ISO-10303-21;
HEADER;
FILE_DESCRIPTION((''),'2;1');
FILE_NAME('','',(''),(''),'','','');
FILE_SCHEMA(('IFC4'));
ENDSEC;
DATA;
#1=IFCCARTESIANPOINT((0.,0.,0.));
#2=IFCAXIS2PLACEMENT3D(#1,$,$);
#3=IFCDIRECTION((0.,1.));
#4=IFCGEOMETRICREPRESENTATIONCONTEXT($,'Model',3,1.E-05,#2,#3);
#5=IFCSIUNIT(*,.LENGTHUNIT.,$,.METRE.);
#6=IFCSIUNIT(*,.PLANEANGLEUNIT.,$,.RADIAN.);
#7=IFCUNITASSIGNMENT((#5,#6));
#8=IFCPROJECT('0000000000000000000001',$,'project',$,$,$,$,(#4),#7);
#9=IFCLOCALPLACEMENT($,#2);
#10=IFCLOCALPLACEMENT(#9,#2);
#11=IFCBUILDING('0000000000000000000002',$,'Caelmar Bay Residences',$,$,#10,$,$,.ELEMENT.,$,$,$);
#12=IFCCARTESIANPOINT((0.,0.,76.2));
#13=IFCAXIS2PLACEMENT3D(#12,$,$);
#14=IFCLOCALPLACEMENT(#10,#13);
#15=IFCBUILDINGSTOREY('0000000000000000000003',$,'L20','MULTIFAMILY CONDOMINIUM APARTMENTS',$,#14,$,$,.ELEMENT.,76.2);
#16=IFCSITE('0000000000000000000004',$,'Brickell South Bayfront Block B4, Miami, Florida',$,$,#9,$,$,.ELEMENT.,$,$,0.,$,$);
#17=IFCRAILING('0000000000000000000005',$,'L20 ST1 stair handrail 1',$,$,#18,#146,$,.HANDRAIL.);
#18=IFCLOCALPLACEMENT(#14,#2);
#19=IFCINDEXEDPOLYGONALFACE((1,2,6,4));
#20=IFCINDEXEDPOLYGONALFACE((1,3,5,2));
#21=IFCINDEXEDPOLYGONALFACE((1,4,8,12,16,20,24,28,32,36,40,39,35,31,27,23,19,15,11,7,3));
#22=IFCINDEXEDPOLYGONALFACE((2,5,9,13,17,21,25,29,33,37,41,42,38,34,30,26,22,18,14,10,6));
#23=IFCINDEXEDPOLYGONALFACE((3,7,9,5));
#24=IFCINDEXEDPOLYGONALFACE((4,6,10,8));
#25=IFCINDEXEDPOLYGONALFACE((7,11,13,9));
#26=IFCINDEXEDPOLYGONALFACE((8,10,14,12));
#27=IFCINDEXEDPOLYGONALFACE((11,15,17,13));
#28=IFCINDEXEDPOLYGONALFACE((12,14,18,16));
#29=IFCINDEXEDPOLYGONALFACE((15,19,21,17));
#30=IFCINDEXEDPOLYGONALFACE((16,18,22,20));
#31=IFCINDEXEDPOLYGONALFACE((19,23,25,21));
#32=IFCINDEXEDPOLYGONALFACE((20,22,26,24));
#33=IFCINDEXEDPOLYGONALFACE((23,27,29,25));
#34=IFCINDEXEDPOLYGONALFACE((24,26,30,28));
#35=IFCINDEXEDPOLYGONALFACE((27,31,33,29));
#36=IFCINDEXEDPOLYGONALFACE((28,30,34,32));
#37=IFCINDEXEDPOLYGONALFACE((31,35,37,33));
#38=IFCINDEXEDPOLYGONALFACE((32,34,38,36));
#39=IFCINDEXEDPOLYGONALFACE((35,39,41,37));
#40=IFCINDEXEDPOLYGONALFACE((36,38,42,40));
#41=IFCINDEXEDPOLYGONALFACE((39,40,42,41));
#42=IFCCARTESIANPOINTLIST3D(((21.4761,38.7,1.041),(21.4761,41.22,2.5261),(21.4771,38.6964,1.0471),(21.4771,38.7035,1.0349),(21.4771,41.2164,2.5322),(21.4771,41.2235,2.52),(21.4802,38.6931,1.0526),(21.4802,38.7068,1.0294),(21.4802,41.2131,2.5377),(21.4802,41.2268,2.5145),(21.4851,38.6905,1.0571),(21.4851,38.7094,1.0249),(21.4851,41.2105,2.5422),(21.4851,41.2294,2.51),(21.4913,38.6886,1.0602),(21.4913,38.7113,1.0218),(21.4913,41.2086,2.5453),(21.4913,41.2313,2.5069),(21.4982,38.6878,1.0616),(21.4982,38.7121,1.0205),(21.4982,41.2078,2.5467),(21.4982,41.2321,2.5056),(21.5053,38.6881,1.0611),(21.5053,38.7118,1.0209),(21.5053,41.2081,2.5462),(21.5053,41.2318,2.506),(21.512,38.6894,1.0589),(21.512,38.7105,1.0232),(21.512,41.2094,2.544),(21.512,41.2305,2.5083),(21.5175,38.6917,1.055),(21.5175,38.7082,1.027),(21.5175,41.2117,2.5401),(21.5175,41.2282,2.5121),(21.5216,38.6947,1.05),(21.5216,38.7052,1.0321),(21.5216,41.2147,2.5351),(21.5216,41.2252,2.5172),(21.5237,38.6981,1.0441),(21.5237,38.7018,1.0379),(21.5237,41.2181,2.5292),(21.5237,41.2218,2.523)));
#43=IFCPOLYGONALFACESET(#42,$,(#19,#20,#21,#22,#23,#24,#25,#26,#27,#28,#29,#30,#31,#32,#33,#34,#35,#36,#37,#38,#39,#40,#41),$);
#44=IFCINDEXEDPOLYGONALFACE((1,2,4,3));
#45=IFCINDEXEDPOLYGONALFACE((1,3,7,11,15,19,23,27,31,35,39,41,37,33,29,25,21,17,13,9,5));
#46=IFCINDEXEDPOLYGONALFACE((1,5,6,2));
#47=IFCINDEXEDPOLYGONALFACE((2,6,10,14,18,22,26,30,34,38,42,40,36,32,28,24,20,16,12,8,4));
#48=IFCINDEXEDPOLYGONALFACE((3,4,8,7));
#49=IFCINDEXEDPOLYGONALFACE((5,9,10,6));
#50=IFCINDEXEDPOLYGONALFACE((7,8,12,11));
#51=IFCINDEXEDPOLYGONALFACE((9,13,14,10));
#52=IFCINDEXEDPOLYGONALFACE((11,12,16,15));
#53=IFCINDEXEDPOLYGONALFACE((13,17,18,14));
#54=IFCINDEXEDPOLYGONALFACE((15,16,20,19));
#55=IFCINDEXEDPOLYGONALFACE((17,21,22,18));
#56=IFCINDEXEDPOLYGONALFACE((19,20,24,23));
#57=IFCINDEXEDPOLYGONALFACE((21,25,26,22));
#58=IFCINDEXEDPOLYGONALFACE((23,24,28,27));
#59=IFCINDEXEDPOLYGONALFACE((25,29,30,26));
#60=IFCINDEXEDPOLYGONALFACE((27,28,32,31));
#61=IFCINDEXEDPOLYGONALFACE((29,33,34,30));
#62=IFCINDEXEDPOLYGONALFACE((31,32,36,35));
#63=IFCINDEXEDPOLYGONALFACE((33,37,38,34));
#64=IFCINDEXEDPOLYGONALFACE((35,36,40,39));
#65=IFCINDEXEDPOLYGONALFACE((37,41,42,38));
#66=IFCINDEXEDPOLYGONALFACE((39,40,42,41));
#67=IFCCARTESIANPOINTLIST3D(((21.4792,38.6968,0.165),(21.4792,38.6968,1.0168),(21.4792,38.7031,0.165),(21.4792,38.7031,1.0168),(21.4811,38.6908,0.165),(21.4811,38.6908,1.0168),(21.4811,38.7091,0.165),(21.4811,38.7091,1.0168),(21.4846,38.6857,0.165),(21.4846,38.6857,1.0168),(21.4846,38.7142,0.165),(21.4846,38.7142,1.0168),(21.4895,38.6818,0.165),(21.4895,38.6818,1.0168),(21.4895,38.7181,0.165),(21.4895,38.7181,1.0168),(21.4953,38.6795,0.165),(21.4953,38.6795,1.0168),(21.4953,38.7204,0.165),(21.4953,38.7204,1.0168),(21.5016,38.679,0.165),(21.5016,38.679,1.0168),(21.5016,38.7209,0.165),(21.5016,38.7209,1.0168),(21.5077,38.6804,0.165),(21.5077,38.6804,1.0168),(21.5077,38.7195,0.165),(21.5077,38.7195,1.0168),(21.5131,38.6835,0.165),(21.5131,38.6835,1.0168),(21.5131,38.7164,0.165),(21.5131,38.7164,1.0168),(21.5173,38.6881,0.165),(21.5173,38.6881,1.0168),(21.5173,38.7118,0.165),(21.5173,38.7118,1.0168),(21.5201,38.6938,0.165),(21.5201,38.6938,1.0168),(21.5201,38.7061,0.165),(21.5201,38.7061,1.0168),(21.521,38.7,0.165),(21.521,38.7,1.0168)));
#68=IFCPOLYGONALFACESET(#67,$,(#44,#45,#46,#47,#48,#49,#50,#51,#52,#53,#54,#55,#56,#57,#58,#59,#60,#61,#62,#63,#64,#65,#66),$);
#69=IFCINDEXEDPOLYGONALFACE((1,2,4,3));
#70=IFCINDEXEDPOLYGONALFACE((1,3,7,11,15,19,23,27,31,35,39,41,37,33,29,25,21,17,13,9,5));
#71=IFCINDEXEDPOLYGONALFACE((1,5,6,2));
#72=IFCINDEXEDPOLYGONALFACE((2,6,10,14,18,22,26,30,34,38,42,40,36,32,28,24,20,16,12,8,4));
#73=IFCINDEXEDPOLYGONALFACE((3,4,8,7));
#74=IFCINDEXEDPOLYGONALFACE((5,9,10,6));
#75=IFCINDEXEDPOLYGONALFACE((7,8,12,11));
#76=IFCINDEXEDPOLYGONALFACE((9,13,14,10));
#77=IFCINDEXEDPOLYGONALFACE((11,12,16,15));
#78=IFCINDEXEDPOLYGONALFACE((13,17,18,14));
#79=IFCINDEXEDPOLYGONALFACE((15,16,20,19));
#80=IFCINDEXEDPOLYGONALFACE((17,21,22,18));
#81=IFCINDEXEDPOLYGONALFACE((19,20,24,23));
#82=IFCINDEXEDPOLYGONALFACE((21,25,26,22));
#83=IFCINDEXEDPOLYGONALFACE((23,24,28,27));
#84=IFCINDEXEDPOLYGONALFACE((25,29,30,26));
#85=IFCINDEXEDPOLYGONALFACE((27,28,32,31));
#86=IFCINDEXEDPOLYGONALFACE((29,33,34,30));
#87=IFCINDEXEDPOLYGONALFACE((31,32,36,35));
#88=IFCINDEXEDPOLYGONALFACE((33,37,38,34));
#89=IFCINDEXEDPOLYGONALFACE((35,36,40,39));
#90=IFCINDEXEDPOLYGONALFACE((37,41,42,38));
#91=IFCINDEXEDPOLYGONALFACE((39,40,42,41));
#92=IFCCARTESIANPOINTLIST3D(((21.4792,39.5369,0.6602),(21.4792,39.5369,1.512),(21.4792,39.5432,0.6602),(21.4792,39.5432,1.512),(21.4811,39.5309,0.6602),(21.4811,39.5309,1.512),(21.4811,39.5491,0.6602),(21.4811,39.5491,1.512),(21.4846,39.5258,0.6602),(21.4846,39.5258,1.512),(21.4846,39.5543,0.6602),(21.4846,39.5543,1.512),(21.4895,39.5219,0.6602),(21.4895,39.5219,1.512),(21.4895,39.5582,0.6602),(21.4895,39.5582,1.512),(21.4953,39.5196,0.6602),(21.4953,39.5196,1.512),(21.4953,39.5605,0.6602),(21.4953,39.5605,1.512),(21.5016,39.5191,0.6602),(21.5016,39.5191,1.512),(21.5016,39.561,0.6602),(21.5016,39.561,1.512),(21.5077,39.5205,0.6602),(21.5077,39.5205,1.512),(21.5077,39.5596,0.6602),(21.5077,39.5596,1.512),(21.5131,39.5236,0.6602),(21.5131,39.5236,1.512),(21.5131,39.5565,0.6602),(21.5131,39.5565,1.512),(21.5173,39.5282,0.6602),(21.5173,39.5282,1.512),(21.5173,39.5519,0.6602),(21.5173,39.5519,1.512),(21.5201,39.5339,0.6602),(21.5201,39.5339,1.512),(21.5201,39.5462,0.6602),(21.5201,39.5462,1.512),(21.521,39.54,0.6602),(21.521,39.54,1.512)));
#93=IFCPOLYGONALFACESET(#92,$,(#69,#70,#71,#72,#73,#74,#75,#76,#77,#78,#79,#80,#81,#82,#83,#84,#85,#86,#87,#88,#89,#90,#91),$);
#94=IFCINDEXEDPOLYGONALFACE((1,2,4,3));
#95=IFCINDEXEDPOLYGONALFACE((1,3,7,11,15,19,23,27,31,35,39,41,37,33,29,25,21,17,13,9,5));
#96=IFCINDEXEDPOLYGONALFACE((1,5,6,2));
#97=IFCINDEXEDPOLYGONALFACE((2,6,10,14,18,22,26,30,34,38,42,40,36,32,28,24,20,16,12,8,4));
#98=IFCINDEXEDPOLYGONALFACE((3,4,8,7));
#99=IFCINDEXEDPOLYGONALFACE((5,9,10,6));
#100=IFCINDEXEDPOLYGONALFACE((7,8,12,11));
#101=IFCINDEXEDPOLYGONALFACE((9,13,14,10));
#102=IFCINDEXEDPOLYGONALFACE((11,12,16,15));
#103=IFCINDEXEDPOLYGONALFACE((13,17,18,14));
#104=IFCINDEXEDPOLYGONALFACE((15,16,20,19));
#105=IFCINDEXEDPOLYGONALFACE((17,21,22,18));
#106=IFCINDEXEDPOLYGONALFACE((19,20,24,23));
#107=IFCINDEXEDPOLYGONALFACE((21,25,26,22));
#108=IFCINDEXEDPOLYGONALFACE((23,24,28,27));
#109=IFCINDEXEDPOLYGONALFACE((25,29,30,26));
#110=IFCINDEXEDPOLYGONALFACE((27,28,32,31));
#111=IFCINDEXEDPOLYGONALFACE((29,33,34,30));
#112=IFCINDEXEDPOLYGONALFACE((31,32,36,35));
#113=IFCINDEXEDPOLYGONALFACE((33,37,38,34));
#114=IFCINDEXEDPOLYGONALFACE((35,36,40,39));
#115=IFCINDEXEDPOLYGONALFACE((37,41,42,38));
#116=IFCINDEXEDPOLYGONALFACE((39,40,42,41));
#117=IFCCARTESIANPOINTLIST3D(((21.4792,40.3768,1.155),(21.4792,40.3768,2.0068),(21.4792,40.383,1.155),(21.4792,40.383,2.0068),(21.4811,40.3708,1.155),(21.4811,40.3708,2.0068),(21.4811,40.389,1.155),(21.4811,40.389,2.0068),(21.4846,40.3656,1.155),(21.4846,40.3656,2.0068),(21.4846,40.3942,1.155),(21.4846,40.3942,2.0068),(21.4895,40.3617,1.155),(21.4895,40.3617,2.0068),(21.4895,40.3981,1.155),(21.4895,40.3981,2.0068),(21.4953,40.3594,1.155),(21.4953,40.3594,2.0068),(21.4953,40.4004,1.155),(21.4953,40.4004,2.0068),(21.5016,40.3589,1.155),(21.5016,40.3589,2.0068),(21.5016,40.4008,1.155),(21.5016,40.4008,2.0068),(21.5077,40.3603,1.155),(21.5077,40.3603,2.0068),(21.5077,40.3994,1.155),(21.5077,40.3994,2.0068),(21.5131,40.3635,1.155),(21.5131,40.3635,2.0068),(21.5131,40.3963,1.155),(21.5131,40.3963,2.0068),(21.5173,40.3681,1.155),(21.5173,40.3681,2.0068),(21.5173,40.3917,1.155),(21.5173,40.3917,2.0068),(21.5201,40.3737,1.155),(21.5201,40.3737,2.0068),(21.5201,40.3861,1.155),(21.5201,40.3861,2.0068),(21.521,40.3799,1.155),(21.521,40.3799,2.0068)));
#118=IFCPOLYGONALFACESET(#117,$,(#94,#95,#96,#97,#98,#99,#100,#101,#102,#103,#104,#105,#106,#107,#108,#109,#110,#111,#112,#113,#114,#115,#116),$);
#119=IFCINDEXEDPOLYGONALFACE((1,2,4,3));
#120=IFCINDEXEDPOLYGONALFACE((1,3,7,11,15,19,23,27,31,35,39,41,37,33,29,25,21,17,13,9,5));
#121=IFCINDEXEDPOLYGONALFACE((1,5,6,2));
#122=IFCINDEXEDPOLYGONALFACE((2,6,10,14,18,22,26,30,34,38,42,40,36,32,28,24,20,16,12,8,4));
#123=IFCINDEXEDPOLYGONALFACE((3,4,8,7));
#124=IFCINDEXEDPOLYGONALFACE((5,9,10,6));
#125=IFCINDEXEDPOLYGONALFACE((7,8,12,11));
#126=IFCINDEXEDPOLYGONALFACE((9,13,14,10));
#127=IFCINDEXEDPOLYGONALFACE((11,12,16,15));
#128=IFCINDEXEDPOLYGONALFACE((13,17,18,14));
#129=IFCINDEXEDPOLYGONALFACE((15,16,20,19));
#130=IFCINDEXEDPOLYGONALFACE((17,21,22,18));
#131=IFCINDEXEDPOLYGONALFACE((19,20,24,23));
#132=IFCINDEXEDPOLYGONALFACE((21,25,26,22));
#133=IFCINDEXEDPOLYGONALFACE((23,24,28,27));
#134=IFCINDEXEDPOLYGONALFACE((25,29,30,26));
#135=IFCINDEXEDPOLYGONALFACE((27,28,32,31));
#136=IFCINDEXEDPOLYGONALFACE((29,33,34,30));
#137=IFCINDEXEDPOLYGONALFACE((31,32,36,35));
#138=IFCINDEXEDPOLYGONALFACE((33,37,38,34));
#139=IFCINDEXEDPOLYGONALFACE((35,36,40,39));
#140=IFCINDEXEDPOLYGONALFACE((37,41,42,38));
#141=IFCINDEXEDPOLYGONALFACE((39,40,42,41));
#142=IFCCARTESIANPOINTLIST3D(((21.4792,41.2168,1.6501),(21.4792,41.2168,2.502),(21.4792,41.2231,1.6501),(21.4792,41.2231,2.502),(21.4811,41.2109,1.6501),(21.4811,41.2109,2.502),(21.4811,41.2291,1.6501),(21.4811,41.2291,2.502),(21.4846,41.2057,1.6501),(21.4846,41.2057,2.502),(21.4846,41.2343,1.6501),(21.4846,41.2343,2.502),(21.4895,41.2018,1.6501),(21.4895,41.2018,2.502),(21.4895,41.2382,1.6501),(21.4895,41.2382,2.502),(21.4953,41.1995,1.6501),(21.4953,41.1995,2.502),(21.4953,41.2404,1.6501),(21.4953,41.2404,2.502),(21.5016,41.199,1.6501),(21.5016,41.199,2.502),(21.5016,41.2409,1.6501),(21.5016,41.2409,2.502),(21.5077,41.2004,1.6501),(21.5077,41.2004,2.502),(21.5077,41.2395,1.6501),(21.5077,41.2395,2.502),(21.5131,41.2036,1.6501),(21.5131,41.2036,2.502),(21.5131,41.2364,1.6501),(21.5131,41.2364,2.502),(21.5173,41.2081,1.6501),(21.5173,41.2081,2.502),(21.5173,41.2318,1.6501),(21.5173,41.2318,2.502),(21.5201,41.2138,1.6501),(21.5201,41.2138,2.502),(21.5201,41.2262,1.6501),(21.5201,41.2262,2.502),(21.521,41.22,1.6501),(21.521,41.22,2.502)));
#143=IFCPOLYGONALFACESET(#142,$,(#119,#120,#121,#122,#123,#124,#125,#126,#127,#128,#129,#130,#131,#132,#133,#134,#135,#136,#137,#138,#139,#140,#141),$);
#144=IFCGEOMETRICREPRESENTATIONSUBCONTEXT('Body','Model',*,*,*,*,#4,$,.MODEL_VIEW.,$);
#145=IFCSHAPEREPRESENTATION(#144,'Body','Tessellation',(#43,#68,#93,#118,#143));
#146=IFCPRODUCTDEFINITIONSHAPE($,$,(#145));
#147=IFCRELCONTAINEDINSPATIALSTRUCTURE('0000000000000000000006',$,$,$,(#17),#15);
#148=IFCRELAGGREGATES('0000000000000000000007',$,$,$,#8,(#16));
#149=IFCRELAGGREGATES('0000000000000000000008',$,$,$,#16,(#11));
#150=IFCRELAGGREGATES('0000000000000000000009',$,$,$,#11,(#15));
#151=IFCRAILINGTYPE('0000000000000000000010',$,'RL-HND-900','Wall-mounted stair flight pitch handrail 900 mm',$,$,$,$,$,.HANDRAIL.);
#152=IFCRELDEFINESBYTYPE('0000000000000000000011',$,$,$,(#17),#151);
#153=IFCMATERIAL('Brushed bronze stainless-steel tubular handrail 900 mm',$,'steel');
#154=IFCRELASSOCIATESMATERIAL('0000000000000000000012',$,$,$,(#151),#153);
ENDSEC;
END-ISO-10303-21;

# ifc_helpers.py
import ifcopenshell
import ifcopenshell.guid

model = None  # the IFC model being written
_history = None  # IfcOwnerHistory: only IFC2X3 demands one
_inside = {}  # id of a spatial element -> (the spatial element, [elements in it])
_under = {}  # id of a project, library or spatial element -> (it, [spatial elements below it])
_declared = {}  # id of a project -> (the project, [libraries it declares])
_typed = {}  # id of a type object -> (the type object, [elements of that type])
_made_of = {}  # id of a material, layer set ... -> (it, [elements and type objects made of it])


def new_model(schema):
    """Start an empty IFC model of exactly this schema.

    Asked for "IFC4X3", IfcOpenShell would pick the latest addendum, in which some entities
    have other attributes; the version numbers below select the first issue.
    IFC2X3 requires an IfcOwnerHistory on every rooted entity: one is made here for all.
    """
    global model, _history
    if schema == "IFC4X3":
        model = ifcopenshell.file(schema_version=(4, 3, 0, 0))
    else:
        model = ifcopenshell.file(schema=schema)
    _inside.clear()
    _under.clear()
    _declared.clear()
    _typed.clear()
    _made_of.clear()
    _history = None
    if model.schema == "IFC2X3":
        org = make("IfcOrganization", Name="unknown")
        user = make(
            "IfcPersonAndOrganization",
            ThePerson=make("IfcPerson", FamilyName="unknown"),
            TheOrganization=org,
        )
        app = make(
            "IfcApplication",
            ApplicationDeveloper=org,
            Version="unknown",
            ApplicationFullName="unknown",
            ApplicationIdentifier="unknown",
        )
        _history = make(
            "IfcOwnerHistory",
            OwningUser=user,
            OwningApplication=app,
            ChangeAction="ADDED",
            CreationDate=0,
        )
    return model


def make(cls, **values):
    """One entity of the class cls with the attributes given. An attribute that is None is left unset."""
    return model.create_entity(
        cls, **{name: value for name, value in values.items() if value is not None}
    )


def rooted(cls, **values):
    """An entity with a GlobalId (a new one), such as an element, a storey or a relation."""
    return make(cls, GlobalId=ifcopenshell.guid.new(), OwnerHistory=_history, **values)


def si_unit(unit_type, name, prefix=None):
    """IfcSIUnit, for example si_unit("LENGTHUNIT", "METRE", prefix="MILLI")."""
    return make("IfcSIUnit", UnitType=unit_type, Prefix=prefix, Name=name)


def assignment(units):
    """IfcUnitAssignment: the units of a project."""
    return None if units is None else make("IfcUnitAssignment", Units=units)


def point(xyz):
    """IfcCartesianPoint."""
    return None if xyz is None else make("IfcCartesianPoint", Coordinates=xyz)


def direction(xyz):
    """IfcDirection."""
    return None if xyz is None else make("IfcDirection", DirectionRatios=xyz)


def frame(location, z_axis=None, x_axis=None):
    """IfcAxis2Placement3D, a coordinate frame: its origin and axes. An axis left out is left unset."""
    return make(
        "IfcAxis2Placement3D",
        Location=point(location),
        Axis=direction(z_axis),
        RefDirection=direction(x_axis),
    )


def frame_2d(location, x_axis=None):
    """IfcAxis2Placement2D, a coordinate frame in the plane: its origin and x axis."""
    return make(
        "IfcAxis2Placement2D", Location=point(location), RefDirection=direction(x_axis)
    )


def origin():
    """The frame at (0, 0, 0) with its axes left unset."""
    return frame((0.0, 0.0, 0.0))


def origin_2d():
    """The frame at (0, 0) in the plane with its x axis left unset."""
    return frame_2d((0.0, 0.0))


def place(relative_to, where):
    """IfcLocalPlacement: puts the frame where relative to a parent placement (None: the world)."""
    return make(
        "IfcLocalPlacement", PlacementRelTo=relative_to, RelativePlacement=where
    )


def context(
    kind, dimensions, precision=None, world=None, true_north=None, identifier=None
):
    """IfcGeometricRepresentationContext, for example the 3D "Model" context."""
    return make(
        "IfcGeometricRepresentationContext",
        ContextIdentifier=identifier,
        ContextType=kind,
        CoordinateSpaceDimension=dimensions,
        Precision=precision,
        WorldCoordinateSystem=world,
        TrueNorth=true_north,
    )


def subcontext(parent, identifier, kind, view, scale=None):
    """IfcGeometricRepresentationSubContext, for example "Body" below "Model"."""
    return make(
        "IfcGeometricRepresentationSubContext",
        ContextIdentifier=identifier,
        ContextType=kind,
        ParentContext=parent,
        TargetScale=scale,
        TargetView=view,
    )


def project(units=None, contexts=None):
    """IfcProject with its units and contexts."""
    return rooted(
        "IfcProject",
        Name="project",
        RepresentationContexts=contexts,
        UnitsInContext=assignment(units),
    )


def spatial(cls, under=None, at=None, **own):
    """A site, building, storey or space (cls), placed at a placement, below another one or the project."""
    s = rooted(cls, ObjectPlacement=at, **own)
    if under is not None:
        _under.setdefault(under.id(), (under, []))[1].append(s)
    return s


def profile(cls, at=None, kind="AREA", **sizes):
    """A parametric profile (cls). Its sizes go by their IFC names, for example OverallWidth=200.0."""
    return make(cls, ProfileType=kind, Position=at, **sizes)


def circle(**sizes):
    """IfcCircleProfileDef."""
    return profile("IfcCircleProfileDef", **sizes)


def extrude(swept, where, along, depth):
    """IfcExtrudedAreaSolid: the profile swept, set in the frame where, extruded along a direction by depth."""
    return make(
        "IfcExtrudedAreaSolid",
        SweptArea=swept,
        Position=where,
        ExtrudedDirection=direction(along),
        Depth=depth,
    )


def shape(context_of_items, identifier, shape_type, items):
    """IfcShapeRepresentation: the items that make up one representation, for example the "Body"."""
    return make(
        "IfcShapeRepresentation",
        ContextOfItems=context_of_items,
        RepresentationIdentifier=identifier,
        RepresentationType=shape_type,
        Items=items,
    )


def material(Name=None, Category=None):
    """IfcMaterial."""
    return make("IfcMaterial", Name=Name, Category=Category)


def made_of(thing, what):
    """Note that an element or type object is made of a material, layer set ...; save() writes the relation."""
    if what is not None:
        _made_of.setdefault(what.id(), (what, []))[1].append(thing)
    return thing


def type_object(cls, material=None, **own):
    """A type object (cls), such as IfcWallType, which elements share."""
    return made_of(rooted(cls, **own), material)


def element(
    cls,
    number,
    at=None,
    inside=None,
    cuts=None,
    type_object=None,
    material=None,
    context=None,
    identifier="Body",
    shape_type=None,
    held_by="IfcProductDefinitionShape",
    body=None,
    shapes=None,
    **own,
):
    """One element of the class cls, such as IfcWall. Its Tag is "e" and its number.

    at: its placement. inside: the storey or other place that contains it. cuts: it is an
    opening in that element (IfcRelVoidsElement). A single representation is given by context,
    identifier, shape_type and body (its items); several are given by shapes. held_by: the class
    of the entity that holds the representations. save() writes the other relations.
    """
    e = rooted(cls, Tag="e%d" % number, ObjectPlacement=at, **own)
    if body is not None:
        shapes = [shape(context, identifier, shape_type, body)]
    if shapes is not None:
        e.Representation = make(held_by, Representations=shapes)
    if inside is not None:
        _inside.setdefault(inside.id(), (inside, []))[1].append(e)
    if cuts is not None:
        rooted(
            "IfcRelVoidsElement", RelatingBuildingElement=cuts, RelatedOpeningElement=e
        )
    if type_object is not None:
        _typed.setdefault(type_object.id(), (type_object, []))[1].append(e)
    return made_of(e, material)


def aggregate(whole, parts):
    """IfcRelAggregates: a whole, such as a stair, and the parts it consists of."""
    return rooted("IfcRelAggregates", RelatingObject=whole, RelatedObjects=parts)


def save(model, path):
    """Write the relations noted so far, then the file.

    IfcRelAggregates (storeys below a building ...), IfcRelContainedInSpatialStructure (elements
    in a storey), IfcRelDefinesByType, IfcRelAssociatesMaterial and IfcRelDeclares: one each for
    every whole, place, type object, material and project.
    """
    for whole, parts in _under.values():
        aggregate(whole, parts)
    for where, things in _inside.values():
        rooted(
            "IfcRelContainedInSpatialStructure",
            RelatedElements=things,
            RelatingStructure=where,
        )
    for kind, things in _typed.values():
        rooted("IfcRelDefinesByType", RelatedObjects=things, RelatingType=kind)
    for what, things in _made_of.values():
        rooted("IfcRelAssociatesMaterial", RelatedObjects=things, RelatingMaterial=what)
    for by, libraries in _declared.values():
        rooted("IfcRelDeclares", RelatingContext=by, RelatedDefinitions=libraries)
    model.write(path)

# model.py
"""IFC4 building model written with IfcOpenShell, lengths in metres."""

from ifc_helpers import new_model, si_unit, direction, frame, origin, origin_2d, place, context, subcontext, project, spatial, circle, extrude, material, type_object, element, save


model = new_model("IFC4")

# Units and contexts
model_context = context("Model", 3, precision=1e-05, world=origin(), true_north=direction((0.0, 1.0)))
body_context = subcontext(model_context, "Body", "Model", "MODEL_VIEW")
ifc_project = project(units=[si_unit("LENGTHUNIT", "METRE"), si_unit("PLANEANGLEUNIT", "RADIAN")], contexts=[model_context])

# Site, building, storey
site_placement = place(None, origin())
site = spatial("IfcSite", under=ifc_project, at=site_placement, Name="Brickell South Bayfront Block B4, Miami, Florida", CompositionType="ELEMENT", RefElevation=0.0)
building_placement = place(site_placement, origin())
building = spatial("IfcBuilding", under=site, at=building_placement, Name="Caelmar Bay Residences", CompositionType="ELEMENT")
storey_placement = place(building_placement, frame((0.0, 0.0, 76.2)))
storey = spatial("IfcBuildingStorey", under=building, at=storey_placement, Name="L20", Description="MULTIFAMILY CONDOMINIUM APARTMENTS", CompositionType="ELEMENT", Elevation=76.2)

# Railing
ifc_material_1 = material(Name="Brushed bronze stainless-steel tubular handrail 900 mm", Category="steel")
railing_type_1 = type_object("IfcRailingType", Name="RL-HND-900", Description="Wall-mounted stair flight pitch handrail 900 mm", PredefinedType="HANDRAIL", material=ifc_material_1)
railing_1_placement = place(storey_placement, frame((21.5, 38.7, 0.165)))
element("IfcRailing", 1, at=railing_1_placement, inside=storey, type_object=railing_type_1, Name="L20 ST1 stair handrail 1", PredefinedType="HANDRAIL", context=body_context, shape_type="SweptSolid", body=[
    extrude(circle(Radius=0.0239, at=origin_2d()), frame((0.0, 0.0, 0.876), z_axis=(0.0, 0.861524, 0.507717), x_axis=(-1.0, 0.0, 0.0)), (0.0, 0.0, 1.0), 2.925),
    extrude(circle(Radius=0.021, at=origin_2d()), origin(), (0.0, 0.0, 1.0), 0.8518),
    extrude(circle(Radius=0.021, at=origin_2d()), frame((0.0, 0.8401, 0.4951)), (0.0, 0.0, 1.0), 0.8518),
    extrude(circle(Radius=0.021, at=origin_2d()), frame((0.0, 1.6799, 0.99)), (0.0, 0.0, 1.0), 0.8518),
    extrude(circle(Radius=0.021, at=origin_2d()), frame((0.0, 2.52, 1.4851)), (0.0, 0.0, 1.0), 0.8518),
])

save(model, "model.ifc")
